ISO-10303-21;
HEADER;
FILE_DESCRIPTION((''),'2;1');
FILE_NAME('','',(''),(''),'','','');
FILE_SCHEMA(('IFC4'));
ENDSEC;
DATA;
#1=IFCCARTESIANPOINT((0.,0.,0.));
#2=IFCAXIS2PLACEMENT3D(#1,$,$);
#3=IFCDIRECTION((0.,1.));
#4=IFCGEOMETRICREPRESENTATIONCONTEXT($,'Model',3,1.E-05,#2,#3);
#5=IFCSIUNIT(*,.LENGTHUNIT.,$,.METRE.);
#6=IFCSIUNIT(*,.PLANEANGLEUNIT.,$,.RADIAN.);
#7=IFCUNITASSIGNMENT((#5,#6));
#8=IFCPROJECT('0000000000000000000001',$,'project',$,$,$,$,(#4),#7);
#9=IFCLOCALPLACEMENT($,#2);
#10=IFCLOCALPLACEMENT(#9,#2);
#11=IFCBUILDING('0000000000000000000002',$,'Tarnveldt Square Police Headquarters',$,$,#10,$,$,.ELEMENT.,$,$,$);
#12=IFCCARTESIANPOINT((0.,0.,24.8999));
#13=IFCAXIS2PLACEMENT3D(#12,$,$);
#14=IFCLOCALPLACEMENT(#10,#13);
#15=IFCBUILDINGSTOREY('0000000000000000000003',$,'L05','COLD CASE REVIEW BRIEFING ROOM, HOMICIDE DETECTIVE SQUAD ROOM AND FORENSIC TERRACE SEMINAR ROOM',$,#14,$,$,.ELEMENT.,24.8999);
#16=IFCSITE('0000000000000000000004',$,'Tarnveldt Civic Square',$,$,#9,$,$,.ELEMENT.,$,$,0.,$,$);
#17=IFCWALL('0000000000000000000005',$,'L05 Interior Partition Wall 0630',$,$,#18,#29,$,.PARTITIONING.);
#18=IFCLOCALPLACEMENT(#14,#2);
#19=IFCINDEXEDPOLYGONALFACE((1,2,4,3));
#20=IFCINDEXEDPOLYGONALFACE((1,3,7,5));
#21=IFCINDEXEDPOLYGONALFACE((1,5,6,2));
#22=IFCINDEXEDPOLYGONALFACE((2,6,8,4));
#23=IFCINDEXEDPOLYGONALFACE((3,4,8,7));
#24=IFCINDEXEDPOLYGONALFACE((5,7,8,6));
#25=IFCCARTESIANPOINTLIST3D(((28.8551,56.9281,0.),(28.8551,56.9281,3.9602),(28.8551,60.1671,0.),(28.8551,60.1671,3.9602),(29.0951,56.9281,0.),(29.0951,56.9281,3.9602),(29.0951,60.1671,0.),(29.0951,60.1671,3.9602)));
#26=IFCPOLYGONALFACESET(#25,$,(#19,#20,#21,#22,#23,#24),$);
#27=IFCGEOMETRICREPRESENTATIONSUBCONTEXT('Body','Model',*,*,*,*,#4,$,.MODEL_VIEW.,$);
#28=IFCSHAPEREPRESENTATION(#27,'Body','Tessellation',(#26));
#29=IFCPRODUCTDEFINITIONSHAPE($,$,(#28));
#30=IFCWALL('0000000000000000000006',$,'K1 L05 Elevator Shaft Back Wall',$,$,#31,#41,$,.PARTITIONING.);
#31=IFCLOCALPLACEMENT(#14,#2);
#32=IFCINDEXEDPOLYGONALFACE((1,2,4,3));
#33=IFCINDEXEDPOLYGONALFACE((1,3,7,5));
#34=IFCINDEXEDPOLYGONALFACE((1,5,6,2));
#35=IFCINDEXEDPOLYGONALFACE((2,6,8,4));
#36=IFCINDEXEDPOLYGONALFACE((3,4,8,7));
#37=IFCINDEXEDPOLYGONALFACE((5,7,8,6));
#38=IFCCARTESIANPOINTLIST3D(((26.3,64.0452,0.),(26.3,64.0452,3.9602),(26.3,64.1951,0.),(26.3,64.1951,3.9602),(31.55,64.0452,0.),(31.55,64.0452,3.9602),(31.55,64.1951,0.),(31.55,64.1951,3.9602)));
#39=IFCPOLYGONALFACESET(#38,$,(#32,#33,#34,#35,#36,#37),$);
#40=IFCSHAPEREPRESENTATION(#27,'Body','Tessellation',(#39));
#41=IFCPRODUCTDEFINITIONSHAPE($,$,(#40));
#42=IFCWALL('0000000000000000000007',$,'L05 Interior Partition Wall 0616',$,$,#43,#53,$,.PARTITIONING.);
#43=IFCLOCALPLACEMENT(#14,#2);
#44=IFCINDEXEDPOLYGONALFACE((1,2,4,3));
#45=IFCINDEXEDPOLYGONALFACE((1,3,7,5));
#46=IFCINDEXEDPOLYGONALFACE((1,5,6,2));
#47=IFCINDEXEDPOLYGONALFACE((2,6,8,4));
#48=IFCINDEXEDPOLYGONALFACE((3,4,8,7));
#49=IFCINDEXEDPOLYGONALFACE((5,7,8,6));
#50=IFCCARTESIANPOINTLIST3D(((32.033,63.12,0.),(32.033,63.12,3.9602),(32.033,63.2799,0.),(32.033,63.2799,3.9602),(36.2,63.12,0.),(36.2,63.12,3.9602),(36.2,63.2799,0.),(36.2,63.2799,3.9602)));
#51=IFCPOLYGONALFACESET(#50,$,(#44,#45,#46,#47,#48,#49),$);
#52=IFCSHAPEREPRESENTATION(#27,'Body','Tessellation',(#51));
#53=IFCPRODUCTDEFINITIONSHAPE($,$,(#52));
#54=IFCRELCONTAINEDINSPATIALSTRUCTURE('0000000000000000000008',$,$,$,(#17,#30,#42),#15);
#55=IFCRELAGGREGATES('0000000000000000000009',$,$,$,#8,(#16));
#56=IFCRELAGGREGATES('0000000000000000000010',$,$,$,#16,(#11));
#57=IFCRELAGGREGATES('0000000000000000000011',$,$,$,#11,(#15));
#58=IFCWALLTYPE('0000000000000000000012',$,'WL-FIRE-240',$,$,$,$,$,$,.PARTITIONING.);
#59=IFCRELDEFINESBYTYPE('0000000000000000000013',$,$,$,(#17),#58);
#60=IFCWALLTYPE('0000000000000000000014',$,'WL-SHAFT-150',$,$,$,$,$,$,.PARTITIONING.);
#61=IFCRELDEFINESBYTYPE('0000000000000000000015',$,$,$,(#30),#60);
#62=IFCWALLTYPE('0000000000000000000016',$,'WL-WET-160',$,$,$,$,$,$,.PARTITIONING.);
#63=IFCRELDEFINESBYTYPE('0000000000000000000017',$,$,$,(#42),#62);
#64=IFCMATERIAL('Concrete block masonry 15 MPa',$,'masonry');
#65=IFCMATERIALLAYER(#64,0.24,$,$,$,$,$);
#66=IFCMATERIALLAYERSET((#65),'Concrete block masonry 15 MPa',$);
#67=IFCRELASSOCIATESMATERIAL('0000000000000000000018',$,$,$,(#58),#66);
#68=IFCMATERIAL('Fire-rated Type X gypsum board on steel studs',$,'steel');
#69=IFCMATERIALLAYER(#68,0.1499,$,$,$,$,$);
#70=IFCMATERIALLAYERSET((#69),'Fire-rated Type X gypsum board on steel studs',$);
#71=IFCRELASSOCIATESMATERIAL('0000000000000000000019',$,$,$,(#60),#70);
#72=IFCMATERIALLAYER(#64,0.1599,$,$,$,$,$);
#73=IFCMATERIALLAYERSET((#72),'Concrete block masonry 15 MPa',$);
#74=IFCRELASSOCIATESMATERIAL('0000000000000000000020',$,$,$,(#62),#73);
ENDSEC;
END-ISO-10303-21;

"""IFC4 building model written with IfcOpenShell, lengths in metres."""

from ifc_helpers import new_model, si_unit, direction, frame, frame_2d, origin, place, context, subcontext, project, spatial, rectangle, extrude, material, layer, layer_set, type_object, element, save


model = new_model("IFC4")

# Units and contexts
model_context = context("Model", 3, precision=1e-05, world=origin(), true_north=direction((0.0, 1.0)))
body_context = subcontext(model_context, "Body", "Model", "MODEL_VIEW")
ifc_project = project(units=[si_unit("LENGTHUNIT", "METRE"), si_unit("PLANEANGLEUNIT", "RADIAN")], contexts=[model_context])

# Site, building, storey
site_placement = place(None, origin())
site = spatial("IfcSite", under=ifc_project, at=site_placement, Name="Tarnveldt Civic Square", CompositionType="ELEMENT", RefElevation=0.0)
building_placement = place(site_placement, origin())
building = spatial("IfcBuilding", under=site, at=building_placement, Name="Tarnveldt Square Police Headquarters", CompositionType="ELEMENT")
storey_placement = place(building_placement, frame((0.0, 0.0, 24.8999)))
storey = spatial("IfcBuildingStorey", under=building, at=storey_placement, Name="L05", Description="COLD CASE REVIEW BRIEFING ROOM, HOMICIDE DETECTIVE SQUAD ROOM AND FORENSIC TERRACE SEMINAR ROOM", CompositionType="ELEMENT", Elevation=24.8999)

# Shared definitions
ifc_material_1 = material(Name="Fire-rated Type X gypsum board on steel studs", Category="steel")

# Walls
ifc_material_2 = material(Name="Concrete block masonry 15 MPa", Category="masonry")
ifc_layer_1 = layer(ifc_material_2, 0.24)
ifc_layer_set_1 = layer_set([ifc_layer_1], Name="Concrete block masonry 15 MPa")
wall_type_1 = type_object("IfcWallType", Name="WL-FIRE-240", PredefinedType="PARTITIONING", material=ifc_layer_set_1)
wall_1_placement = place(storey_placement, frame((28.9751, 56.928, 0.0), z_axis=(0.0, 0.0, 1.0), x_axis=(0.0, 1.0, 0.0)))
element("IfcWall", 1, at=wall_1_placement, inside=storey, type_object=wall_type_1, Name="L05 Interior Partition Wall 0630", PredefinedType="PARTITIONING", context=body_context, shape_type="SweptSolid", body=[
    extrude(rectangle(XDim=3.239, YDim=0.24, at=frame_2d((1.6196, 0.0))), origin(), (0.0, 0.0, 1.0), 3.9602),
])
ifc_layer_2 = layer(ifc_material_1, 0.1499)
ifc_layer_set_2 = layer_set([ifc_layer_2], Name="Fire-rated Type X gypsum board on steel studs")
wall_type_2 = type_object("IfcWallType", Name="WL-SHAFT-150", PredefinedType="PARTITIONING", material=ifc_layer_set_2)
wall_2_placement = place(storey_placement, frame((26.3, 64.1201, 0.0), z_axis=(0.0, 0.0, 1.0), x_axis=(1.0, 0.0, 0.0)))
element("IfcWall", 2, at=wall_2_placement, inside=storey, type_object=wall_type_2, Name="K1 L05 Elevator Shaft Back Wall", PredefinedType="PARTITIONING", context=body_context, shape_type="SweptSolid", body=[
    extrude(rectangle(XDim=5.25, YDim=0.1499, at=frame_2d((2.625, 0.0))), origin(), (0.0, 0.0, 1.0), 3.9602),
])
ifc_layer_3 = layer(ifc_material_2, 0.1599)
ifc_layer_set_3 = layer_set([ifc_layer_3], Name="Concrete block masonry 15 MPa")
wall_type_3 = type_object("IfcWallType", Name="WL-WET-160", PredefinedType="PARTITIONING", material=ifc_layer_set_3)
wall_3_placement = place(storey_placement, frame((32.033, 63.2, 0.0), z_axis=(0.0, 0.0, 1.0), x_axis=(1.0, 0.0, 0.0)))
element("IfcWall", 3, at=wall_3_placement, inside=storey, type_object=wall_type_3, Name="L05 Interior Partition Wall 0616", PredefinedType="PARTITIONING", context=body_context, shape_type="SweptSolid", body=[
    extrude(rectangle(XDim=4.167, YDim=0.1599, at=frame_2d((2.0835, 0.0))), origin(), (0.0, 0.0, 1.0), 3.9602),
])

save(model, "model.ifc")
